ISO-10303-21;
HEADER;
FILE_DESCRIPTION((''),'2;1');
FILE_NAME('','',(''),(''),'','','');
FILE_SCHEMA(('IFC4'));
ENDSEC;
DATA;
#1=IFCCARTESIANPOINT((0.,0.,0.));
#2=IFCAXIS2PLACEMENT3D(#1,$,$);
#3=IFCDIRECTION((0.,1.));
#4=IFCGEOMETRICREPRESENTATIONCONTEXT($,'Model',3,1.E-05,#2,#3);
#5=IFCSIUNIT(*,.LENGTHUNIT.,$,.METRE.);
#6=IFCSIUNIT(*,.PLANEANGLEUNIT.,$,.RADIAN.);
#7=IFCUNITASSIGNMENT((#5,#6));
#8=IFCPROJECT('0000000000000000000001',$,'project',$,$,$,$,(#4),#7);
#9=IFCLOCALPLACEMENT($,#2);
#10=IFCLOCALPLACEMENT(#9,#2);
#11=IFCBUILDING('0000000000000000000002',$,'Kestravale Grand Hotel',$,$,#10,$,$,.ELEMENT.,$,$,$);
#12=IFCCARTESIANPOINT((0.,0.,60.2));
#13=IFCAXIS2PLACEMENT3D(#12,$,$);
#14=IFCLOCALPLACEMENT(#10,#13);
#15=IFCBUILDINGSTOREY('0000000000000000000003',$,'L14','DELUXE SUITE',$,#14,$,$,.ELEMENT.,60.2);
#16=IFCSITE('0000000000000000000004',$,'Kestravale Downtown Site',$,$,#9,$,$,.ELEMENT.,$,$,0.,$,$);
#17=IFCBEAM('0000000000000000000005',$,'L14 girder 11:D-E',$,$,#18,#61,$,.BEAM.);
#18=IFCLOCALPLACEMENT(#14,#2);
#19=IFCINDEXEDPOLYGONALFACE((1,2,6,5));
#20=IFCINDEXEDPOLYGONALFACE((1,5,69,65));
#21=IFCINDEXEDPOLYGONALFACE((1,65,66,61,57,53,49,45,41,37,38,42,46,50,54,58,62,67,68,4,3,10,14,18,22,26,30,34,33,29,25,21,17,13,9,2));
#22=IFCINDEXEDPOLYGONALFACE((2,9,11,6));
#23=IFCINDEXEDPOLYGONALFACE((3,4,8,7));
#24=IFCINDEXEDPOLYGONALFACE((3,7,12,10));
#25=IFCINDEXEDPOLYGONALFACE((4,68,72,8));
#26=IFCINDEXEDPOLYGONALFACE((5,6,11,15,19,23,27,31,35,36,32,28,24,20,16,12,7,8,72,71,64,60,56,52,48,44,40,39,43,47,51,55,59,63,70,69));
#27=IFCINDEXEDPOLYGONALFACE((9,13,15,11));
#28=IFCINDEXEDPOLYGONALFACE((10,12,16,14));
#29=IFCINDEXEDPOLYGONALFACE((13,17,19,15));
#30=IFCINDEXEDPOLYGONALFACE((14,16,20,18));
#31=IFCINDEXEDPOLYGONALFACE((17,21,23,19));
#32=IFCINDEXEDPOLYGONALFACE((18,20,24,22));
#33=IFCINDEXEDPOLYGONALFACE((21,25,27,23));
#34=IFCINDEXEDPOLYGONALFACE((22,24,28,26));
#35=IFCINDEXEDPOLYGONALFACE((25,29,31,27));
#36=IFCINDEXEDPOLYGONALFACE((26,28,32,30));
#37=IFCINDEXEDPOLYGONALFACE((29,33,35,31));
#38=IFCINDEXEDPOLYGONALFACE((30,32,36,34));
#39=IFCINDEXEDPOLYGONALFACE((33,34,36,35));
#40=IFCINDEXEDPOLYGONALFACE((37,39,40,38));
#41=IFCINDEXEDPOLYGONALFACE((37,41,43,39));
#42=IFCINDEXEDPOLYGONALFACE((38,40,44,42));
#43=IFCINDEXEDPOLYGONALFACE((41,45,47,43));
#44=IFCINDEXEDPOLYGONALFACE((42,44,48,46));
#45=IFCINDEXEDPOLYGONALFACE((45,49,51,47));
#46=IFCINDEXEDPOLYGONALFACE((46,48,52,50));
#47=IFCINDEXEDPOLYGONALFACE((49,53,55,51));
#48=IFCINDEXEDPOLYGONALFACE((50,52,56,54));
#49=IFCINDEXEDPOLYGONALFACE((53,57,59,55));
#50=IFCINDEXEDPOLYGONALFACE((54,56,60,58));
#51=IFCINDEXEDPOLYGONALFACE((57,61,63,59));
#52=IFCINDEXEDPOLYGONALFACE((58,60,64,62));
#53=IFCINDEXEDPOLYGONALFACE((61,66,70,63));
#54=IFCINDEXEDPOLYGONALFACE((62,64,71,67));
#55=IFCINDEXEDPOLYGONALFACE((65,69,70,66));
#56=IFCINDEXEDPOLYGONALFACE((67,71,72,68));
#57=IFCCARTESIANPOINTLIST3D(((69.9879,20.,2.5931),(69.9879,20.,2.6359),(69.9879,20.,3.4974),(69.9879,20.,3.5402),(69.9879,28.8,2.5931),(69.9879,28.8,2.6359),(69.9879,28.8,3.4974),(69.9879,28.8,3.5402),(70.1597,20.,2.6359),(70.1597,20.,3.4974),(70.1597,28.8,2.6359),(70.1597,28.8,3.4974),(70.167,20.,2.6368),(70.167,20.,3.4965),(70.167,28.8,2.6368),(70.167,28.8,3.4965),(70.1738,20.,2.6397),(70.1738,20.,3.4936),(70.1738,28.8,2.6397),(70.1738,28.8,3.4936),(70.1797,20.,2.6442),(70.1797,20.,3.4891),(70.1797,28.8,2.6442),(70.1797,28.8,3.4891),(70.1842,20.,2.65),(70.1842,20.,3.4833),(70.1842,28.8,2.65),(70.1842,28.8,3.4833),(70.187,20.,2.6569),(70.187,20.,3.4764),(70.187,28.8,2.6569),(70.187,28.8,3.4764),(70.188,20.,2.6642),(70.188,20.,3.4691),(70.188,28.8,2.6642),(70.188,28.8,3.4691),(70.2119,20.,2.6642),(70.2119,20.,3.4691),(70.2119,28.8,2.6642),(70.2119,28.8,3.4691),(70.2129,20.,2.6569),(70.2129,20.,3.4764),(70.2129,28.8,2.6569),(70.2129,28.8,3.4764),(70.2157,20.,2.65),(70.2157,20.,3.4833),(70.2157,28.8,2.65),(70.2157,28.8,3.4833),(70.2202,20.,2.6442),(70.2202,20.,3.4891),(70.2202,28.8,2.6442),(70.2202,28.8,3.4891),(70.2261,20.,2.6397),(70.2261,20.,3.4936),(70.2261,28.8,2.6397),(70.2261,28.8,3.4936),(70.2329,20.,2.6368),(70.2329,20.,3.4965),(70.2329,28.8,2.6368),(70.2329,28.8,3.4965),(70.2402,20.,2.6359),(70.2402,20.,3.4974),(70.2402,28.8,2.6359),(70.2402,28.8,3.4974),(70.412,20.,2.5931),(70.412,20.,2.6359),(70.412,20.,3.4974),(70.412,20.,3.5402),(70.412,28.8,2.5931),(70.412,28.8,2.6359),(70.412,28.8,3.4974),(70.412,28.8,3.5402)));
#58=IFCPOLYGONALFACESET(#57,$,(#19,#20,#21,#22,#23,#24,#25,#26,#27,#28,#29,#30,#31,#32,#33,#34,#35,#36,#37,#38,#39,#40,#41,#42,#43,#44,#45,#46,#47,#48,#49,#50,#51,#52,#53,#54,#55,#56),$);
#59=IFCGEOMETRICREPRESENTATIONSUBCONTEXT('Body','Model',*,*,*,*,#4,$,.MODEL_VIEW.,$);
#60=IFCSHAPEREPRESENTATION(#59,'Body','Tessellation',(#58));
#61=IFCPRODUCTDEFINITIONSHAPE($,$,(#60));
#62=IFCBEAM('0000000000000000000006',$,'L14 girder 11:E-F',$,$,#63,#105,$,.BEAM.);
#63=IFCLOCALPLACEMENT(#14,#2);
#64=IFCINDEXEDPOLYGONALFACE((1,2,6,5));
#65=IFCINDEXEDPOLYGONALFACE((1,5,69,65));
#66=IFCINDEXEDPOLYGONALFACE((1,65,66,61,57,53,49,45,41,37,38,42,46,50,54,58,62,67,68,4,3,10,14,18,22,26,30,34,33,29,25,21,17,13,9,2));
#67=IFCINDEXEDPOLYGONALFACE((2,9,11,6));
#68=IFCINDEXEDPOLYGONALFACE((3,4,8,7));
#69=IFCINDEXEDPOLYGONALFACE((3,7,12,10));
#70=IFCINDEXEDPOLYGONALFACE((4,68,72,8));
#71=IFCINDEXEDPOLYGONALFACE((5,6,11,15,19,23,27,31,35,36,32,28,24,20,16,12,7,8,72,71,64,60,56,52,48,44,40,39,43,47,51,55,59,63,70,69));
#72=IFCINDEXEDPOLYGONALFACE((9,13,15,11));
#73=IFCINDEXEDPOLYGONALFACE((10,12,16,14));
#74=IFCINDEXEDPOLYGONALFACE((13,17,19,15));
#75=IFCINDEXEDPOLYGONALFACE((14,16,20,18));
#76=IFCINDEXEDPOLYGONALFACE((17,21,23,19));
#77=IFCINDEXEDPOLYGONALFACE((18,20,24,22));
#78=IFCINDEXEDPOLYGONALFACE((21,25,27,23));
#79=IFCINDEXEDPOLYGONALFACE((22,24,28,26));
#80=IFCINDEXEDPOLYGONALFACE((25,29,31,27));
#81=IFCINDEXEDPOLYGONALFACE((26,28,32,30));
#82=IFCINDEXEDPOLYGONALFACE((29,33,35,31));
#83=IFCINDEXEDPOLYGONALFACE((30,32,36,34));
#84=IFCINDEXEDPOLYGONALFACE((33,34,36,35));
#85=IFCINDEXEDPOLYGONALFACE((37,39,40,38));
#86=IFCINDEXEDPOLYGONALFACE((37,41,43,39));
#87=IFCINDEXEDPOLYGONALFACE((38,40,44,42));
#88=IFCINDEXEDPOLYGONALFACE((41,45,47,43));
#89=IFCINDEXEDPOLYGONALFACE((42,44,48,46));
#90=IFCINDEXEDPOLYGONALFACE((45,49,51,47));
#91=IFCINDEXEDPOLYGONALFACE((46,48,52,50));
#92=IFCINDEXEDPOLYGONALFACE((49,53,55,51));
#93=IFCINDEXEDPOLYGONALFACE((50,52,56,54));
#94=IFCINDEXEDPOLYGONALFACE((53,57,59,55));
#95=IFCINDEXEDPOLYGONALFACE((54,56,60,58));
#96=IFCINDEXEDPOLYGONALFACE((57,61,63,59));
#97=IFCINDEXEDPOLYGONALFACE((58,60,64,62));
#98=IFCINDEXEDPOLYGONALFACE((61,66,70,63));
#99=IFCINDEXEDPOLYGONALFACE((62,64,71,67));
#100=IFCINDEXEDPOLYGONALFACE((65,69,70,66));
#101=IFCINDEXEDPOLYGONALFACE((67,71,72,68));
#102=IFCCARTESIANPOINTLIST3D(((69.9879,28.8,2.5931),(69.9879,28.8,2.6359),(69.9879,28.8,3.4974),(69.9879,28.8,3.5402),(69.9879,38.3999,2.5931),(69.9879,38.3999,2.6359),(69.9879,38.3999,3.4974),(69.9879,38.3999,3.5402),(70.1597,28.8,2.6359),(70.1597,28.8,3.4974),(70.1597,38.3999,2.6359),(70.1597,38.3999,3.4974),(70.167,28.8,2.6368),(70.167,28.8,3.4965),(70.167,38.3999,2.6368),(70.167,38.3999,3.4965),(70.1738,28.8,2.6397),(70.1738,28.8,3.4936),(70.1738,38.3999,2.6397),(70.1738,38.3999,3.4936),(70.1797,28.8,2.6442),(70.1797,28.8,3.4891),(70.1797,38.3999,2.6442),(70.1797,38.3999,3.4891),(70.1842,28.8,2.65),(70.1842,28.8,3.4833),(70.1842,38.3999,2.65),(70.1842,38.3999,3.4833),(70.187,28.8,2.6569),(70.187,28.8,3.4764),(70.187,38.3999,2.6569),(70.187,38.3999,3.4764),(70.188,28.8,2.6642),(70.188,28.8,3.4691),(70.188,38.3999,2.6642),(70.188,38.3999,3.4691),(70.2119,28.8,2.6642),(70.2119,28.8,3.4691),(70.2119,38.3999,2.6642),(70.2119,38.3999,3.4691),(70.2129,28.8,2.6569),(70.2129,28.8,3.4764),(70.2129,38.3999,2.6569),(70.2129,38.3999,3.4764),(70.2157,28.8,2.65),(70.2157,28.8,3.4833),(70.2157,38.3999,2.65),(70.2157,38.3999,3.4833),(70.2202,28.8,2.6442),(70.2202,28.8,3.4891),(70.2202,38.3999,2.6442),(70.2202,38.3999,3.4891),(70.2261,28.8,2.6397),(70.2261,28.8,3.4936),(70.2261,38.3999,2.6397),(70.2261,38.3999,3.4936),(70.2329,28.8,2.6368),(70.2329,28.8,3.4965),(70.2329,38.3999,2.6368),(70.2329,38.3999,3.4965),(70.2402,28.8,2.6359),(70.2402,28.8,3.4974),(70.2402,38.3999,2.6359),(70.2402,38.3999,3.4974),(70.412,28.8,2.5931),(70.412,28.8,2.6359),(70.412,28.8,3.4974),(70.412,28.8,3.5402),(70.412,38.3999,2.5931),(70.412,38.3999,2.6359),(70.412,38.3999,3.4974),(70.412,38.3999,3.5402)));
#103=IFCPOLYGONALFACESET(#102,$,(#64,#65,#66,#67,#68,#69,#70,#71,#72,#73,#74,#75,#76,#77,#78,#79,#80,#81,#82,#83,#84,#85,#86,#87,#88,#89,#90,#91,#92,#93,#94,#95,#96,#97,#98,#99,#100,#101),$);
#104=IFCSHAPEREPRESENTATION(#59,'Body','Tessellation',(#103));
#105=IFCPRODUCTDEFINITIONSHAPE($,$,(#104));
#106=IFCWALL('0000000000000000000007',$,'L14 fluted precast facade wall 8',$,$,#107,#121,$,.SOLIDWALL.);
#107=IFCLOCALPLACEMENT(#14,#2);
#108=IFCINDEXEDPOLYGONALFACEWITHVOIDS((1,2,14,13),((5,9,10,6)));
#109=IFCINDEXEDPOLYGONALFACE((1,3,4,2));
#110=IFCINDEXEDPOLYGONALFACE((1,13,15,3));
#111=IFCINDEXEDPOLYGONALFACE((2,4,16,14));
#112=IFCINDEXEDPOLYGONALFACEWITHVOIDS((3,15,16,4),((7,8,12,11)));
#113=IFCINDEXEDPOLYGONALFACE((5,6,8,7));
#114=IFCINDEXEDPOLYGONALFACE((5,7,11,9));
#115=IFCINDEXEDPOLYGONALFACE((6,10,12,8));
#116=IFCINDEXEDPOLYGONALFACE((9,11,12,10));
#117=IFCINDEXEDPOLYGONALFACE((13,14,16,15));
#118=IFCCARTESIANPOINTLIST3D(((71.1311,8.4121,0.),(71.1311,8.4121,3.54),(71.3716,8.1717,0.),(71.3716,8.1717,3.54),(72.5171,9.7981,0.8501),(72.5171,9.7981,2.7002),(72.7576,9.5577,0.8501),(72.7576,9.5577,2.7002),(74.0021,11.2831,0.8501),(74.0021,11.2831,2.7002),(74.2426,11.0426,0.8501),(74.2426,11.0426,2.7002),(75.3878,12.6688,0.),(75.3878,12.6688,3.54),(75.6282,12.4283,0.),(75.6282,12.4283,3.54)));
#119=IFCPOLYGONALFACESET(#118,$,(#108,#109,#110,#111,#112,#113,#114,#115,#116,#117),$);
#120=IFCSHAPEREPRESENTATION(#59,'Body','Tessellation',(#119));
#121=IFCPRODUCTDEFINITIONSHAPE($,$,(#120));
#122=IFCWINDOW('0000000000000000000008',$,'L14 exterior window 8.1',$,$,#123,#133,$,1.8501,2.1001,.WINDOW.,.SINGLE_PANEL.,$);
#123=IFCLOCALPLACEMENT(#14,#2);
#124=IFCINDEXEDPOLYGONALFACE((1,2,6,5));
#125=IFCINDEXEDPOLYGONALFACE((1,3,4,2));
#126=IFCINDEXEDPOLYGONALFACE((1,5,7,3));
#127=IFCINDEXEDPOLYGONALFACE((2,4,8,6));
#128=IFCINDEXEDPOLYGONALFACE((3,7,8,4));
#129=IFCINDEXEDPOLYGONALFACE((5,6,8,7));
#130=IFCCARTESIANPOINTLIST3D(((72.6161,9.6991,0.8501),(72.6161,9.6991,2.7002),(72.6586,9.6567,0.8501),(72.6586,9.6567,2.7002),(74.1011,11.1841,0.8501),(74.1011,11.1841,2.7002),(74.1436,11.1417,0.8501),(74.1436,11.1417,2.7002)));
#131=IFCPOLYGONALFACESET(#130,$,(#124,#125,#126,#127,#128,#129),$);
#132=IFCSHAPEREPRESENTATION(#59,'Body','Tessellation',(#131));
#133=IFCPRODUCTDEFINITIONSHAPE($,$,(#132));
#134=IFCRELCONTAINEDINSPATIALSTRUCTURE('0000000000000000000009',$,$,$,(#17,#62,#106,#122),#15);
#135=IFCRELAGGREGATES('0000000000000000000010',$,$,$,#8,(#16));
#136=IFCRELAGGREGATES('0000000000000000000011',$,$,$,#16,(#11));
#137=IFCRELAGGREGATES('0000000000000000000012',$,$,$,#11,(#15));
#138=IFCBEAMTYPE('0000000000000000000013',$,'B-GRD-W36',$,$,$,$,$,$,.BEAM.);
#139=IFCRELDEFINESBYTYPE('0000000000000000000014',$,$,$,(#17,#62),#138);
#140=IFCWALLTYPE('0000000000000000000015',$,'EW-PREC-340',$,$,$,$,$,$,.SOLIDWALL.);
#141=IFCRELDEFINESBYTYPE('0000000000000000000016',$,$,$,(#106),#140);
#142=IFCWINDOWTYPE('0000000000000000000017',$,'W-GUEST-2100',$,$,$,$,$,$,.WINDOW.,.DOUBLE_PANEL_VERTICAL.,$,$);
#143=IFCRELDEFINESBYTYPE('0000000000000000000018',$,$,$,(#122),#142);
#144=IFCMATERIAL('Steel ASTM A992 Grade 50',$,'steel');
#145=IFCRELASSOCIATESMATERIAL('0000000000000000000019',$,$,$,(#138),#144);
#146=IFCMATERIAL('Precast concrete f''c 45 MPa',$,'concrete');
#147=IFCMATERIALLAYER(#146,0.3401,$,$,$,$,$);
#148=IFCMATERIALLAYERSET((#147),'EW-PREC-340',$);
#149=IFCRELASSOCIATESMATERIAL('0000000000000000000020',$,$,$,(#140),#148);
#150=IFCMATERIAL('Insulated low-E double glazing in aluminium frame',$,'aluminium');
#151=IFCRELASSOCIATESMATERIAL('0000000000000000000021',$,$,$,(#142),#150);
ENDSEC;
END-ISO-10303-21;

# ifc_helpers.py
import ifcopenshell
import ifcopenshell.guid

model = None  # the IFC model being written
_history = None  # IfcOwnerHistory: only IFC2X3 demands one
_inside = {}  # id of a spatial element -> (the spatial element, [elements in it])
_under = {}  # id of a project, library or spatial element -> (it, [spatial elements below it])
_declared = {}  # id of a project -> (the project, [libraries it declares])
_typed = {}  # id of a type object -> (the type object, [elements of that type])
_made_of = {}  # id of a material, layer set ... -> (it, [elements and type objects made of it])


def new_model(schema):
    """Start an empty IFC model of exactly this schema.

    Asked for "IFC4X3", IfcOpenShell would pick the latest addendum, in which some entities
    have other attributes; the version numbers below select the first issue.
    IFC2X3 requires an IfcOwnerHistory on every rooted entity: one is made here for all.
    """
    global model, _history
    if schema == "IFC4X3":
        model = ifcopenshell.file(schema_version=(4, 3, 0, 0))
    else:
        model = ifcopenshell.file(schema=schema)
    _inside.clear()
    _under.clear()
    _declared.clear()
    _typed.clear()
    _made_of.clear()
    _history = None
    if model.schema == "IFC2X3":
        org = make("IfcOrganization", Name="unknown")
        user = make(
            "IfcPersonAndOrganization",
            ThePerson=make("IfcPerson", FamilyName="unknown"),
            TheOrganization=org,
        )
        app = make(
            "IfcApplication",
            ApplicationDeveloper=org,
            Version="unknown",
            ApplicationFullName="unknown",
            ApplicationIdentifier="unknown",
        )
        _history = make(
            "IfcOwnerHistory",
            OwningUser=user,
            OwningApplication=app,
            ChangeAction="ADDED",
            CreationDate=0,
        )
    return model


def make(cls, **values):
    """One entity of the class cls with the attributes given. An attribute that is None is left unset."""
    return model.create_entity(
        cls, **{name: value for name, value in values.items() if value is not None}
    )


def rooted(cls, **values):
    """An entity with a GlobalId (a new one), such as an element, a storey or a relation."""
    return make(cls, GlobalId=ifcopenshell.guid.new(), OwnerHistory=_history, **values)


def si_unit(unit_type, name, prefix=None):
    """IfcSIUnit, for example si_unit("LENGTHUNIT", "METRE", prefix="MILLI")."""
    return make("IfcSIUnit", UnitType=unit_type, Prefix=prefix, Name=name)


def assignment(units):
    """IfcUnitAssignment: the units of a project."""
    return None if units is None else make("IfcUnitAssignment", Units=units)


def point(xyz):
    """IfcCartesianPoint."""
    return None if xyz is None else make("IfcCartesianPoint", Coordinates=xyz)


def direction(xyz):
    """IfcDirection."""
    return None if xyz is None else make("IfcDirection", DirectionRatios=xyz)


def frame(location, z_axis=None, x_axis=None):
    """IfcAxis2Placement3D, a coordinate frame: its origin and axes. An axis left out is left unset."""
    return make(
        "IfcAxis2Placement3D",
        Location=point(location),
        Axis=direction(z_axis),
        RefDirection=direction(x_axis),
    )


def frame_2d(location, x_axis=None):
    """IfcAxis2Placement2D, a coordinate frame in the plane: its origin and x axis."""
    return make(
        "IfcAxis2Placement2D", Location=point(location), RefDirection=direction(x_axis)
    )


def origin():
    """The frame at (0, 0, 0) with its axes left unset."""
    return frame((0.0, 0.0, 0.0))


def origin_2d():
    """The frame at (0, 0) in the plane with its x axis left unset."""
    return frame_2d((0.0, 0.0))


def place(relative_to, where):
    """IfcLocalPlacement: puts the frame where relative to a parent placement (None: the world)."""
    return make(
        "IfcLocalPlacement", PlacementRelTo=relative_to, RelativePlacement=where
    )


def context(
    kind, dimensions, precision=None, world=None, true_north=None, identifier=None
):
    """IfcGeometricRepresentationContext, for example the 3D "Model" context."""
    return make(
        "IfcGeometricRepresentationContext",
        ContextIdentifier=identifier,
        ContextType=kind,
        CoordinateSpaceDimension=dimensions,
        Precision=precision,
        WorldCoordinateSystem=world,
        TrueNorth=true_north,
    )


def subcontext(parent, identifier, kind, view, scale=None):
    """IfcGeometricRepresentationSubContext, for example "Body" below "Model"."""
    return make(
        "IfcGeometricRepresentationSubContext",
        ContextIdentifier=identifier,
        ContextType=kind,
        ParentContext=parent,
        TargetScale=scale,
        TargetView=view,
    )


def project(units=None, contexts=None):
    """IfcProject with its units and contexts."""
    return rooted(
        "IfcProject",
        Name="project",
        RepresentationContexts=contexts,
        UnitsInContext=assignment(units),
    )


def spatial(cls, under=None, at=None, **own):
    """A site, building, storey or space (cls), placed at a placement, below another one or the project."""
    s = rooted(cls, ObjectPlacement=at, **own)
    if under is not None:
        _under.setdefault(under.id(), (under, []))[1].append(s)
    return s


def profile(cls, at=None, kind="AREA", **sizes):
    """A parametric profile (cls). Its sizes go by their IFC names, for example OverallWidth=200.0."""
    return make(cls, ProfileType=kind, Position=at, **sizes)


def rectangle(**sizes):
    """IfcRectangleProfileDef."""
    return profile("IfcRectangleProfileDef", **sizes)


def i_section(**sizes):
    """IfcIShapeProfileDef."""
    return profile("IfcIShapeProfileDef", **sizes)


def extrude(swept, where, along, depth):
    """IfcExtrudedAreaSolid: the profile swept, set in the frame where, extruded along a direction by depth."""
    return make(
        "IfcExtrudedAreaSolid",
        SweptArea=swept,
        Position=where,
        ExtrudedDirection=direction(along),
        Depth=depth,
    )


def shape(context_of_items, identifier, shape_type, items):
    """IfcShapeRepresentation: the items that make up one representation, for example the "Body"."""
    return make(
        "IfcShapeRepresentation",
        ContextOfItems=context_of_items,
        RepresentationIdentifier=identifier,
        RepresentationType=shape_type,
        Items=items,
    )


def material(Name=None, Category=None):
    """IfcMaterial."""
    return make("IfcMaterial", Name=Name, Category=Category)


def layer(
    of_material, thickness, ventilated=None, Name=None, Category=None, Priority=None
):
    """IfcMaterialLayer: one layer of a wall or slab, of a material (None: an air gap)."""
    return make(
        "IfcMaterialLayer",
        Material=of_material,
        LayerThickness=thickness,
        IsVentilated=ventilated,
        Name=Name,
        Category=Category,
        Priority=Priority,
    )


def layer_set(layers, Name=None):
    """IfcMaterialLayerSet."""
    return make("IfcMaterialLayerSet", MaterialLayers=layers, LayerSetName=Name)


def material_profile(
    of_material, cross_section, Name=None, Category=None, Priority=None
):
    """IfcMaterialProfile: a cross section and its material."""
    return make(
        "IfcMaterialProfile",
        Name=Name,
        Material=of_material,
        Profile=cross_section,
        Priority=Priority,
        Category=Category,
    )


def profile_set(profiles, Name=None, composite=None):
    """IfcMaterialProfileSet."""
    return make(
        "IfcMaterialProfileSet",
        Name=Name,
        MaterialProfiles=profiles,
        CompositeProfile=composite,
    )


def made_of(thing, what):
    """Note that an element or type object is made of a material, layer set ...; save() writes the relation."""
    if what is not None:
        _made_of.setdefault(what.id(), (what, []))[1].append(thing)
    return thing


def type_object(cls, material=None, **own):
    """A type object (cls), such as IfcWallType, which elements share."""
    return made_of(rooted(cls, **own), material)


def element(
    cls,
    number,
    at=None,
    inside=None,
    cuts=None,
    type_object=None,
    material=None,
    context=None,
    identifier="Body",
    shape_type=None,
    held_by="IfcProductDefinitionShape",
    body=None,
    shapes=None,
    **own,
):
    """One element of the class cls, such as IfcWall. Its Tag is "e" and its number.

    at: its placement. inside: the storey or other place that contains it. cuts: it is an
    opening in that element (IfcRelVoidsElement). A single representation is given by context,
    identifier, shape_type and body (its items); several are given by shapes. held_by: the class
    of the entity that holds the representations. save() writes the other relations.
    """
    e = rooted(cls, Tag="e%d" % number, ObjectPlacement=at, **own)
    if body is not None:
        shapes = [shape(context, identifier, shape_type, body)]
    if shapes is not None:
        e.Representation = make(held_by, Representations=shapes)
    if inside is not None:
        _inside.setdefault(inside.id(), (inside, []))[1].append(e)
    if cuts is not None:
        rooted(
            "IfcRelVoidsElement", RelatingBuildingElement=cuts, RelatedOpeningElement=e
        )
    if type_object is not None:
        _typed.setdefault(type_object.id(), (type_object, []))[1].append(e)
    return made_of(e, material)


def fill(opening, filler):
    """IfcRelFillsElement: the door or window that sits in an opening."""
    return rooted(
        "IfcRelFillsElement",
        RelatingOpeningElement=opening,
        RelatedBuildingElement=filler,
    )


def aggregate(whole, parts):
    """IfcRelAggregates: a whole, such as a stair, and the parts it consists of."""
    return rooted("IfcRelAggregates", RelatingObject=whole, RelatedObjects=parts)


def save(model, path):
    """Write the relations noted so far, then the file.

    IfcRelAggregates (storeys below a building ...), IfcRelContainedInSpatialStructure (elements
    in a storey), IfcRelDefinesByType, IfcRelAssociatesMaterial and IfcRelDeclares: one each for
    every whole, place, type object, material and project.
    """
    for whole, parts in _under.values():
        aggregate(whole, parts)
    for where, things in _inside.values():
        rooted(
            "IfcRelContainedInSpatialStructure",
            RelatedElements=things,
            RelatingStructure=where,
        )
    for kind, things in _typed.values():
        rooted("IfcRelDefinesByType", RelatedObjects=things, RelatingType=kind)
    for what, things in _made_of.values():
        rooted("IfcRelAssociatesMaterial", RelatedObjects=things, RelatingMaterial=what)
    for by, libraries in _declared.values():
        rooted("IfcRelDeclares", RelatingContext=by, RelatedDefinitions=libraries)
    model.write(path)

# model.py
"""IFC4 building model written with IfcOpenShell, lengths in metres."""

from ifc_helpers import new_model, si_unit, direction, frame, frame_2d, origin, origin_2d, place, context, subcontext, project, spatial, rectangle, i_section, extrude, material, layer, layer_set, material_profile, profile_set, type_object, element, fill, save


model = new_model("IFC4")

# Units and contexts
model_context = context("Model", 3, precision=1e-05, world=origin(), true_north=direction((0.0, 1.0)))
body_context = subcontext(model_context, "Body", "Model", "MODEL_VIEW")
ifc_project = project(units=[si_unit("LENGTHUNIT", "METRE"), si_unit("PLANEANGLEUNIT", "RADIAN")], contexts=[model_context])

# Site, building, storey
site_placement = place(None, origin())
site = spatial("IfcSite", under=ifc_project, at=site_placement, Name="Kestravale Downtown Site", CompositionType="ELEMENT", RefElevation=0.0)
building_placement = place(site_placement, origin())
building = spatial("IfcBuilding", under=site, at=building_placement, Name="Kestravale Grand Hotel", CompositionType="ELEMENT")
storey_placement = place(building_placement, frame((0.0, 0.0, 60.2)))
storey = spatial("IfcBuildingStorey", under=building, at=storey_placement, Name="L14", Description="DELUXE SUITE", CompositionType="ELEMENT", Elevation=60.2)

# Beams
ifc_material_1 = material(Name="Steel ASTM A992 Grade 50", Category="steel")
ifc_material_profile_1 = material_profile(ifc_material_1, i_section(OverallWidth=0.4241, OverallDepth=0.947, WebThickness=0.0239, FlangeThickness=0.0427, FilletRadius=0.0283, at=origin_2d()))
ifc_profile_set_1 = profile_set([ifc_material_profile_1], Name="Steel ASTM A992 Grade 50")
beam_type_1 = type_object("IfcBeamType", Name="B-GRD-W36", PredefinedType="BEAM", material=ifc_profile_set_1)
beam_1_placement = place(storey_placement, frame((70.2, 20.0, 3.0667), z_axis=(0.0, 1.0, 0.0), x_axis=(-1.0, 0.0, 0.0)))
element("IfcBeam", 1, at=beam_1_placement, inside=storey, type_object=beam_type_1, Name="L14 girder 11:D-E", PredefinedType="BEAM", context=body_context, shape_type="SweptSolid", body=[
    extrude(i_section(OverallWidth=0.4241, OverallDepth=0.947, WebThickness=0.0239, FlangeThickness=0.0427, FilletRadius=0.0283, at=origin_2d()), origin(), (0.0, 0.0, 1.0), 8.8),
])
beam_2_placement = place(storey_placement, frame((70.2, 28.8, 3.0667), z_axis=(0.0, 1.0, 0.0), x_axis=(-1.0, 0.0, 0.0)))
element("IfcBeam", 2, at=beam_2_placement, inside=storey, type_object=beam_type_1, Name="L14 girder 11:E-F", PredefinedType="BEAM", context=body_context, shape_type="SweptSolid", body=[
    extrude(i_section(OverallWidth=0.4241, OverallDepth=0.947, WebThickness=0.0239, FlangeThickness=0.0427, FilletRadius=0.0283, at=origin_2d()), origin(), (0.0, 0.0, 1.0), 9.5999),
])

# Wall, opening, window
ifc_material_2 = material(Name="Precast concrete f'c 45 MPa", Category="concrete")
ifc_layer_1 = layer(ifc_material_2, 0.3401)
ifc_layer_set_1 = layer_set([ifc_layer_1], Name="EW-PREC-340")
wall_type_1 = type_object("IfcWallType", Name="EW-PREC-340", PredefinedType="SOLIDWALL", material=ifc_layer_set_1)
wall_1_placement = place(storey_placement, frame((71.2515, 8.292, 0.0), z_axis=(0.0, 0.0, 1.0), x_axis=(0.707107, 0.707107, 0.0)))
wall_1 = element("IfcWall", 3, at=wall_1_placement, inside=storey, type_object=wall_type_1, Name="L14 fluted precast facade wall 8", PredefinedType="SOLIDWALL", context=body_context, shape_type="SweptSolid", body=[
    extrude(rectangle(XDim=6.0198, YDim=0.3401, at=frame_2d((3.0098, 0.0))), origin(), (0.0, 0.0, 1.0), 3.54),
])
opening_1_placement = place(wall_1_placement, frame((1.96, 0.0, 0.8501)))
opening_1 = element("IfcOpeningElement", 4, at=opening_1_placement, cuts=wall_1, PredefinedType="OPENING", context=body_context, shape_type="SweptSolid", body=[
    extrude(rectangle(XDim=2.1001, YDim=1.8501, at=frame_2d((1.05, 0.925))), frame((0.0, 0.1799, 0.0), z_axis=(0.0, -1.0, 0.0), x_axis=(1.0, 0.0, 0.0)), (0.0, 0.0, 1.0), 0.3601),
])
ifc_material_3 = material(Name="Insulated low-E double glazing in aluminium frame", Category="aluminium")
window_type = type_object("IfcWindowType", Name="W-GUEST-2100", PartitioningType="DOUBLE_PANEL_VERTICAL", PredefinedType="WINDOW", material=ifc_material_3)
window_1_placement = place(opening_1_placement, origin())
window_1 = element("IfcWindow", 5, at=window_1_placement, inside=storey, type_object=window_type, Name="L14 exterior window 8.1", OverallHeight=1.8501, OverallWidth=2.1001, PartitioningType="SINGLE_PANEL", PredefinedType="WINDOW", context=body_context, shape_type="SweptSolid", body=[
    extrude(rectangle(XDim=2.1001, YDim=1.8501, at=frame_2d((1.05, 0.925))), frame((0.0, 0.03, 0.0), z_axis=(0.0, -1.0, 0.0), x_axis=(1.0, 0.0, 0.0)), (0.0, 0.0, 1.0), 0.0601),
])
fill(opening_1, window_1)

save(model, "model.ifc")
